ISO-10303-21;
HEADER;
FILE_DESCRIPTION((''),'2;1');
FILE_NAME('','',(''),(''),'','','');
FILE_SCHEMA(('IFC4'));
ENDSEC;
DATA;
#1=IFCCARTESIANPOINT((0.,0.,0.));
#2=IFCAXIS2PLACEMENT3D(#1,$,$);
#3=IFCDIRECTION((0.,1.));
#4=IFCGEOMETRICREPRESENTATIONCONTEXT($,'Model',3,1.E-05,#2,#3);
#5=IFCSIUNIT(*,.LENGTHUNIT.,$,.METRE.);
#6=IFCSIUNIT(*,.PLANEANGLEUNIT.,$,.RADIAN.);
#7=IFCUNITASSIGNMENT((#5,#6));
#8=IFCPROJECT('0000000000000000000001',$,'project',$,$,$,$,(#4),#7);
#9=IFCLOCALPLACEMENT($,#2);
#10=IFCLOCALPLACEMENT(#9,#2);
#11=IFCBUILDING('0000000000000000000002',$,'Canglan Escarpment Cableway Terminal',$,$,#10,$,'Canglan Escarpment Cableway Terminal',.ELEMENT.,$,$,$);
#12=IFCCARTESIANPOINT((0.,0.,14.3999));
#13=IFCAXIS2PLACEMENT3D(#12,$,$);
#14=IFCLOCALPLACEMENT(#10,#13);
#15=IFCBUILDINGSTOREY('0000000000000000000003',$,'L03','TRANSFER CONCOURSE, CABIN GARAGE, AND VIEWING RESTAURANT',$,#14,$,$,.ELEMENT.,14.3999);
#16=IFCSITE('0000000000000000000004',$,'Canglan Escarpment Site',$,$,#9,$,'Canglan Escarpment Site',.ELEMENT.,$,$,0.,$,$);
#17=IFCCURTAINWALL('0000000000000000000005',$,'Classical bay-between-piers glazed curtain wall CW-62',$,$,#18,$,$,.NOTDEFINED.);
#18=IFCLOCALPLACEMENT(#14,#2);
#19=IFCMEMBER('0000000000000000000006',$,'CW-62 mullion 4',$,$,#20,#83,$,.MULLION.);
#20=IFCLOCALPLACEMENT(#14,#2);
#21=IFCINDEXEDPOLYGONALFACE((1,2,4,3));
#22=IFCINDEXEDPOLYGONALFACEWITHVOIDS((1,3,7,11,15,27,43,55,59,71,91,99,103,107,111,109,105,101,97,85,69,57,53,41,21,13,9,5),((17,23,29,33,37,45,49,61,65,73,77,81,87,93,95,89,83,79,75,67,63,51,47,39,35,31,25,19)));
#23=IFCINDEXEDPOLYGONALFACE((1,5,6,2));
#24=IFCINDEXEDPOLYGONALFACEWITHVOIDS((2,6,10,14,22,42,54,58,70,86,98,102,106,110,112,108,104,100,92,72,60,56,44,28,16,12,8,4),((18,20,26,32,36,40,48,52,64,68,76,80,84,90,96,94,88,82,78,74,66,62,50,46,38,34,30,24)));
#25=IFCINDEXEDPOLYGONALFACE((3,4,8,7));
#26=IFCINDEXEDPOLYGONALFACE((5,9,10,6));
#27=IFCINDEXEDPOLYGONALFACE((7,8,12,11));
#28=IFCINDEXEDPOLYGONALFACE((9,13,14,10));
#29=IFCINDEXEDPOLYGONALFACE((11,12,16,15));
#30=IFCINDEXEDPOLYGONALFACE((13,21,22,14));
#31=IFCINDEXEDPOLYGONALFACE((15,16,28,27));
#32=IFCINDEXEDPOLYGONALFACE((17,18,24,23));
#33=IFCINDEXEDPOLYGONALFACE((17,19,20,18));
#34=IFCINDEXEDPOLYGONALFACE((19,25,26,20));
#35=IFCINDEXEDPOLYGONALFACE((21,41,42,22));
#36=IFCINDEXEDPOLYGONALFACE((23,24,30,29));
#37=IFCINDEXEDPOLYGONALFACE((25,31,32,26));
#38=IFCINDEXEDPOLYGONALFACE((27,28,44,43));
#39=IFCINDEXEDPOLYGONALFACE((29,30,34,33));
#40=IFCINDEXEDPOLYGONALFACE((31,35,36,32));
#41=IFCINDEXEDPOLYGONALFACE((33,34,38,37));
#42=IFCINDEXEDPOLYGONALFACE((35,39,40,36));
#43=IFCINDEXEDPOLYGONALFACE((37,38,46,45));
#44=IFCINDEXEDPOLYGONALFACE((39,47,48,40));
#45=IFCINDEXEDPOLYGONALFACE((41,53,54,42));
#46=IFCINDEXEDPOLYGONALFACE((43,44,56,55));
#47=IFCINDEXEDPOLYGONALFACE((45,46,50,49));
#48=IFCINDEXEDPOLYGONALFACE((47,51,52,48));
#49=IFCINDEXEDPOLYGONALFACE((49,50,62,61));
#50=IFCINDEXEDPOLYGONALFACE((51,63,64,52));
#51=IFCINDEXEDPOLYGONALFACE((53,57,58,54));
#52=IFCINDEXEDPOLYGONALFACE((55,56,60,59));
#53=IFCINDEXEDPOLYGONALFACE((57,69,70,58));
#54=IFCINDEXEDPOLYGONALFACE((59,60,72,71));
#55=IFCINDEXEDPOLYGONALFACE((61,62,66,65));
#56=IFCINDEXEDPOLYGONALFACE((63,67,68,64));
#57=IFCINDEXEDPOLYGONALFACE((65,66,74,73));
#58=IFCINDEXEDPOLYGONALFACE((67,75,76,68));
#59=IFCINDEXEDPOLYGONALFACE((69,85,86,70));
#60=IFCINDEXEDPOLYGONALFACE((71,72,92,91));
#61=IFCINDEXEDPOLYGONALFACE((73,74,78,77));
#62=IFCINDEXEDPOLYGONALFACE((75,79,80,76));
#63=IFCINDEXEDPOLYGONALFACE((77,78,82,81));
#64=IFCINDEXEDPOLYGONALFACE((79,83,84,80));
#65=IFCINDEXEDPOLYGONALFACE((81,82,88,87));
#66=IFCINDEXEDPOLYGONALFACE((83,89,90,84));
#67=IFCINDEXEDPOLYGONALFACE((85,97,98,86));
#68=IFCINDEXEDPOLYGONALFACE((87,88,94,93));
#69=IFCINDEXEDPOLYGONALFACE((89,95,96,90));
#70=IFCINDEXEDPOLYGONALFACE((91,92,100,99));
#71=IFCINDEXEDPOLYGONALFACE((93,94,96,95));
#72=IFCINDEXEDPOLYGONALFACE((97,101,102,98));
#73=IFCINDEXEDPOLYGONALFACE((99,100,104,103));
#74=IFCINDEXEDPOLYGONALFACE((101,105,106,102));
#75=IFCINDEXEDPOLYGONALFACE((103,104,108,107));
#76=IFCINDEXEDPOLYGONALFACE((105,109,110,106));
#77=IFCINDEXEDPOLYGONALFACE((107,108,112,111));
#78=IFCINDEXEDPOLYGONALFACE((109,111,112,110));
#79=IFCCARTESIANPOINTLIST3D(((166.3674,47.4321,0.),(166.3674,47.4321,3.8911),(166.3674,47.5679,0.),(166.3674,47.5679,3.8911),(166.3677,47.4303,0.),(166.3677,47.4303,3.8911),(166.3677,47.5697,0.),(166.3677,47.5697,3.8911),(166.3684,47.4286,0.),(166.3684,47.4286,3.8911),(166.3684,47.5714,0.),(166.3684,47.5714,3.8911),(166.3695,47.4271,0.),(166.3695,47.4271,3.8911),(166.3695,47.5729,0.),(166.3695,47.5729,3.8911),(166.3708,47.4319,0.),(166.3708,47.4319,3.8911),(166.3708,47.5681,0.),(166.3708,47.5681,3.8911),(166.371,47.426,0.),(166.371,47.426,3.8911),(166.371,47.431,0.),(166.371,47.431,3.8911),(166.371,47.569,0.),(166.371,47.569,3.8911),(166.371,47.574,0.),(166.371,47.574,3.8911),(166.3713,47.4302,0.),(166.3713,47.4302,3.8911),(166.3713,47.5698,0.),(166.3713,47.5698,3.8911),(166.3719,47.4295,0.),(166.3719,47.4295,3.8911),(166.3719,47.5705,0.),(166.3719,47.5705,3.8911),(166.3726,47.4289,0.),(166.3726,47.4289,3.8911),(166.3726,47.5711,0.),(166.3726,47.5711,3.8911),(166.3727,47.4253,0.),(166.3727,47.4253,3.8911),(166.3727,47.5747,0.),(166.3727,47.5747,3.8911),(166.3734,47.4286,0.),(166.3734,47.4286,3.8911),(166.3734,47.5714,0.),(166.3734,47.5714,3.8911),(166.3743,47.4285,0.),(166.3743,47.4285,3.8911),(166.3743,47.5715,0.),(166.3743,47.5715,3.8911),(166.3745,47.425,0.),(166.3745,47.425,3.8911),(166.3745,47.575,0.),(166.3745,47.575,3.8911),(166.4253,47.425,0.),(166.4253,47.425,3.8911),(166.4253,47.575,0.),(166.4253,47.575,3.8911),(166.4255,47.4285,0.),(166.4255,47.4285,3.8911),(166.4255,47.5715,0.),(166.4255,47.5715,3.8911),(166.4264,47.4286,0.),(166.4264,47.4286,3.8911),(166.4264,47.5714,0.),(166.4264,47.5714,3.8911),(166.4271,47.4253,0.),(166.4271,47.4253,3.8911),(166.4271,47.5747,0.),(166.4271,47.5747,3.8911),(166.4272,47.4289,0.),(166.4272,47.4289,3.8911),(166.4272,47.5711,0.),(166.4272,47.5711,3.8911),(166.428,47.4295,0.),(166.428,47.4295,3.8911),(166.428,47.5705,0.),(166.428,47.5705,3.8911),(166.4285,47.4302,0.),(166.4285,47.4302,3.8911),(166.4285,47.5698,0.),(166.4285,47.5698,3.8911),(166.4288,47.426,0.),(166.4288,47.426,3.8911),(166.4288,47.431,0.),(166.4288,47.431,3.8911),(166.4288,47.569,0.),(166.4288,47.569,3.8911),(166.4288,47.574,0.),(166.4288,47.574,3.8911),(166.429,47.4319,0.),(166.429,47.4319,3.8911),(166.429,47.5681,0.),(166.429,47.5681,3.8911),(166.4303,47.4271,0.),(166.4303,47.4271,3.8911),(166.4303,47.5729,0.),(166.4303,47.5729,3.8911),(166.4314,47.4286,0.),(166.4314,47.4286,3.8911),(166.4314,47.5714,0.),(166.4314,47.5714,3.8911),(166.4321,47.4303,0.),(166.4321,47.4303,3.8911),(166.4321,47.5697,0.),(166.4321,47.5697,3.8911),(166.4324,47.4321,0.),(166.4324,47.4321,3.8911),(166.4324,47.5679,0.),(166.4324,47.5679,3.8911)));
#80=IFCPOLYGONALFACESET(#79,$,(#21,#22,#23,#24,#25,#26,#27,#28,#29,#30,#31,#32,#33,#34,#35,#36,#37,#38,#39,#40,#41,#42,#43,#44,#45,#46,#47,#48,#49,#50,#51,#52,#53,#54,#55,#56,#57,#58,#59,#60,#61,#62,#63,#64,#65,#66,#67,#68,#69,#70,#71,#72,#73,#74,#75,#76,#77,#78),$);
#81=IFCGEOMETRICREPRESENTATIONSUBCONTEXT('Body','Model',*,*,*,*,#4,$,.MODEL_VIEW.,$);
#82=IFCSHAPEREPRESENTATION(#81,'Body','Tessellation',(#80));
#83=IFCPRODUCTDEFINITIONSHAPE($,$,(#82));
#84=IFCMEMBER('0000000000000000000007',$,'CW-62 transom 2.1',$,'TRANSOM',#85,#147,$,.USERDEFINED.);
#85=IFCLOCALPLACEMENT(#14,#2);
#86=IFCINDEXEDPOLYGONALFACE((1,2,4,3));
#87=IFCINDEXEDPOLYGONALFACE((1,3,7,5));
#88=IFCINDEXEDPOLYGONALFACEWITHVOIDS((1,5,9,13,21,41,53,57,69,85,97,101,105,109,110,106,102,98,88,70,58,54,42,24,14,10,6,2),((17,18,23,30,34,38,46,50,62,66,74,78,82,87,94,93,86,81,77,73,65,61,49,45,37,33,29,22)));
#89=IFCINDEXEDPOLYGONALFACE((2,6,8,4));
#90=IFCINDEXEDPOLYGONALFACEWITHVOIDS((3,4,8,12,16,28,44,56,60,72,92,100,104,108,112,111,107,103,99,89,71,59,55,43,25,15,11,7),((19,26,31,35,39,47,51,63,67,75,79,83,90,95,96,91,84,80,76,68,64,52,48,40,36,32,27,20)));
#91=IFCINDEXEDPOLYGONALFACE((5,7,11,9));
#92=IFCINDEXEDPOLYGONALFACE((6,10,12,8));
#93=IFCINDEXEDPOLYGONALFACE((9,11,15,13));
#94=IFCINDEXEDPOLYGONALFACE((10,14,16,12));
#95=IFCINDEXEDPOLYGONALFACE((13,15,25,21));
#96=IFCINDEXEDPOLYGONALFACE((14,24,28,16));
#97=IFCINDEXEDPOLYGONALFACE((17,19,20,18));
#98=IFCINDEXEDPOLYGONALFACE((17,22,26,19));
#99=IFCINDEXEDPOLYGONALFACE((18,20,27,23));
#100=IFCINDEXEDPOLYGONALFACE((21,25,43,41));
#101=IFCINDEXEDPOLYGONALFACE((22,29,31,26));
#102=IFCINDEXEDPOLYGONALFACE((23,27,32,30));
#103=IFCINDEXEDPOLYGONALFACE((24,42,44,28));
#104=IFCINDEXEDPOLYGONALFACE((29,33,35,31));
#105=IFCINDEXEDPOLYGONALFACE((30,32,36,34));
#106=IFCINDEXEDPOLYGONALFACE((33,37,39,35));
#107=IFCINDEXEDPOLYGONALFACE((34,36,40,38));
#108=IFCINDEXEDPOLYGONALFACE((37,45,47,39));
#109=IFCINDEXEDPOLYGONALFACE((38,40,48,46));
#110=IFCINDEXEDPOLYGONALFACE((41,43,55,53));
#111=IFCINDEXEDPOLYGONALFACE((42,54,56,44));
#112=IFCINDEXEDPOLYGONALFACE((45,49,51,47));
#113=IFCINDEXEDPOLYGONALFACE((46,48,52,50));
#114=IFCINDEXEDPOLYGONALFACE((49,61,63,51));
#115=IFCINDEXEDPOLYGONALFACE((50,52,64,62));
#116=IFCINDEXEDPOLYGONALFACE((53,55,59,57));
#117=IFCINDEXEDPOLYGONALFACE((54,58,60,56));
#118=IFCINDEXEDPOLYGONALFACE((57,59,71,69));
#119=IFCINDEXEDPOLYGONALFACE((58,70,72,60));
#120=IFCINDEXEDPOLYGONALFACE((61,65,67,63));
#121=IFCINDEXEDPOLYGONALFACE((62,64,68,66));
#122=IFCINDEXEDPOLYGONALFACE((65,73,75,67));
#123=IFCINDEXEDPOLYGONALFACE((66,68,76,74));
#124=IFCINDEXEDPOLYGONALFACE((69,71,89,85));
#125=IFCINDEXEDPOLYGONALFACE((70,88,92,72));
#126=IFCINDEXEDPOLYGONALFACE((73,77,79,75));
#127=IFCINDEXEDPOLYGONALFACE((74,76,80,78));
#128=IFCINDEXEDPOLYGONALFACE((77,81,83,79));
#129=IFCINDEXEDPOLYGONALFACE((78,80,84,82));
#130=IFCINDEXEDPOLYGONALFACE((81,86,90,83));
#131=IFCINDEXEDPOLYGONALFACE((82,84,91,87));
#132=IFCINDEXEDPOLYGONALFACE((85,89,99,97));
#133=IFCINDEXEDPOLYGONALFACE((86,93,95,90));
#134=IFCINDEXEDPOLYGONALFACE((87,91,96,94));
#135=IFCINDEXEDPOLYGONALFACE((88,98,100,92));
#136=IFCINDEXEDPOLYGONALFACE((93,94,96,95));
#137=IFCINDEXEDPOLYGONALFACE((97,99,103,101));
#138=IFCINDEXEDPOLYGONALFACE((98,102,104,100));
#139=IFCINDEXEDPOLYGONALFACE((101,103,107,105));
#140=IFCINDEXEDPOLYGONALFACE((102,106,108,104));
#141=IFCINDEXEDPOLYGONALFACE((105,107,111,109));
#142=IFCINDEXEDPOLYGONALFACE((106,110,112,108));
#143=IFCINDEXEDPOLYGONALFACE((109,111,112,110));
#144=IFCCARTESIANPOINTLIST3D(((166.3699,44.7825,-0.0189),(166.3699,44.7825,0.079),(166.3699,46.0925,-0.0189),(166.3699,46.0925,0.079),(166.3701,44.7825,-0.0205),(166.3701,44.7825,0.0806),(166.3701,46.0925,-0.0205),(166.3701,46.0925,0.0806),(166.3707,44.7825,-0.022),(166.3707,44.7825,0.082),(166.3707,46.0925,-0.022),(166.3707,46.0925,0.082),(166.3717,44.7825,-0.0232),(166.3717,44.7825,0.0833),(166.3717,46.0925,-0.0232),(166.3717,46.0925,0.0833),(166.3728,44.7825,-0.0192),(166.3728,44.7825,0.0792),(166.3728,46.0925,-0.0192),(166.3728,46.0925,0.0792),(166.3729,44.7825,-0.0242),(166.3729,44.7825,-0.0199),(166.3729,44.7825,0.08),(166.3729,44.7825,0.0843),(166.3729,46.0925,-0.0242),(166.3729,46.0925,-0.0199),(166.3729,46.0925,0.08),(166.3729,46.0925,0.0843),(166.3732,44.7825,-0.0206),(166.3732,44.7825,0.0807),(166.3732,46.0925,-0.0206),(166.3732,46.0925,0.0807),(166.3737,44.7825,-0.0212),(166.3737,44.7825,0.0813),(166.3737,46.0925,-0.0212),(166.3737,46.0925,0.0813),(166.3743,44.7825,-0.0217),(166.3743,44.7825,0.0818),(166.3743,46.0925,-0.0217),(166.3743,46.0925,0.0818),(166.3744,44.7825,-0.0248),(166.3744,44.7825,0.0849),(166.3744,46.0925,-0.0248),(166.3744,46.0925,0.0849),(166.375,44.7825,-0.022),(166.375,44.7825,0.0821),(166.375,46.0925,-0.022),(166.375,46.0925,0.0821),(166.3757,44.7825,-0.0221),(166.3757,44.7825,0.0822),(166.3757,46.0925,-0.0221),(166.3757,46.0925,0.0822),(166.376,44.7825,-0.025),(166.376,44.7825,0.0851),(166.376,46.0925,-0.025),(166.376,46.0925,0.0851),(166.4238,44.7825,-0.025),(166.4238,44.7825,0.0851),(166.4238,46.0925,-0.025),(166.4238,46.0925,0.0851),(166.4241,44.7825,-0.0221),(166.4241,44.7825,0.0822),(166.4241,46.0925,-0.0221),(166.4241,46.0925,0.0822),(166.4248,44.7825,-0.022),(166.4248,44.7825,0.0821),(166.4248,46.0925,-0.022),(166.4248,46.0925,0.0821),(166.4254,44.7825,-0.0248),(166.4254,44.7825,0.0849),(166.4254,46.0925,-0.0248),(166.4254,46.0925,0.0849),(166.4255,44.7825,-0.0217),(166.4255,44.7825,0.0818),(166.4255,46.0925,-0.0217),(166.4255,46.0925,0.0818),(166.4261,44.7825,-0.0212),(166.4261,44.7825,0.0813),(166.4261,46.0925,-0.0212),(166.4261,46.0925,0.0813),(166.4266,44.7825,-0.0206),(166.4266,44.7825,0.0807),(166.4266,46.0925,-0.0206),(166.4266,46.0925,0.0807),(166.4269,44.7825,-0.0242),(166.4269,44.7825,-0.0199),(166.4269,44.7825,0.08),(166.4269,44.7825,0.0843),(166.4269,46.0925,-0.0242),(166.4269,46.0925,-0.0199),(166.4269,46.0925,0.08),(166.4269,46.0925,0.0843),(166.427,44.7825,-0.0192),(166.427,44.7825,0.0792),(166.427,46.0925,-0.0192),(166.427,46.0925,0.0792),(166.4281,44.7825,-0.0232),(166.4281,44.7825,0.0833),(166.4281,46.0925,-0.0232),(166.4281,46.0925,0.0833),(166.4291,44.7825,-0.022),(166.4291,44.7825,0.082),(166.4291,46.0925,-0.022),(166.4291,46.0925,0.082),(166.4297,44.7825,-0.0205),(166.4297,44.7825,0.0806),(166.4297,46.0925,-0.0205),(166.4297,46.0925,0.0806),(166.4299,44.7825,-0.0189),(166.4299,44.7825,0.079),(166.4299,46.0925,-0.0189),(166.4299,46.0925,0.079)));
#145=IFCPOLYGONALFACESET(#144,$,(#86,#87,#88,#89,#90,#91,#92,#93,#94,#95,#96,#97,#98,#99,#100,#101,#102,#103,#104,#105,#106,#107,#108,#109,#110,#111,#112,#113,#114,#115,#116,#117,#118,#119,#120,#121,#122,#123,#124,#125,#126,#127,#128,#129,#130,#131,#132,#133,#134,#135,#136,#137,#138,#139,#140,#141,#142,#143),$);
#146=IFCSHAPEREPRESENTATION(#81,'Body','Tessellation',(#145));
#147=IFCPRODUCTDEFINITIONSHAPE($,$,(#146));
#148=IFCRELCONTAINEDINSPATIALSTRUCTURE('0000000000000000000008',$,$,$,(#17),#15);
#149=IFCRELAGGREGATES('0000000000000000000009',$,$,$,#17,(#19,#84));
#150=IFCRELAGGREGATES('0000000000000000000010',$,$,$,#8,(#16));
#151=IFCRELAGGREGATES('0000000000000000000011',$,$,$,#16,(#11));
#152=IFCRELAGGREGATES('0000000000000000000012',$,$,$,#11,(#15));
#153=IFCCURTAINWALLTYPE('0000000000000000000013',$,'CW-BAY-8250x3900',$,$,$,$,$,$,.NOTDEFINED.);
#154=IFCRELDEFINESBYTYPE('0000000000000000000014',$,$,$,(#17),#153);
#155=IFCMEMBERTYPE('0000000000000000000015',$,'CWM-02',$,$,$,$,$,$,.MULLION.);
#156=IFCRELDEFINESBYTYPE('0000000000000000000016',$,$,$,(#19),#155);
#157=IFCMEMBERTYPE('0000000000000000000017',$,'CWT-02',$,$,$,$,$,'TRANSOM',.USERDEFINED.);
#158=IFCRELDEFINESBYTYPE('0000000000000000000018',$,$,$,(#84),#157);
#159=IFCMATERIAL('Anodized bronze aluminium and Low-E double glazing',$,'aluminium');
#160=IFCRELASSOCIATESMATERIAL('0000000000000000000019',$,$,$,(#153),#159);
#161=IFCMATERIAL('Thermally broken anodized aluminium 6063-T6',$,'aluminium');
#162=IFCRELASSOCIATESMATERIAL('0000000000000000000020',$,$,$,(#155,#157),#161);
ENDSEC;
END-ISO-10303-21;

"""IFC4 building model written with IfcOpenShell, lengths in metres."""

from ifc_helpers import new_model, si_unit, direction, frame, origin, origin_2d, place, context, subcontext, project, spatial, hollow_rectangle, extrude, material, material_profile, profile_set, type_object, element, aggregate, save


model = new_model("IFC4")

# Units and contexts
model_context = context("Model", 3, precision=1e-05, world=origin(), true_north=direction((0.0, 1.0)))
body_context = subcontext(model_context, "Body", "Model", "MODEL_VIEW")
ifc_project = project(units=[si_unit("LENGTHUNIT", "METRE"), si_unit("PLANEANGLEUNIT", "RADIAN")], contexts=[model_context])

# Site, building, storey
site_placement = place(None, origin())
site = spatial("IfcSite", under=ifc_project, at=site_placement, Name="Canglan Escarpment Site", LongName="Canglan Escarpment Site", CompositionType="ELEMENT", RefElevation=0.0)
building_placement = place(site_placement, origin())
building = spatial("IfcBuilding", under=site, at=building_placement, Name="Canglan Escarpment Cableway Terminal", LongName="Canglan Escarpment Cableway Terminal", CompositionType="ELEMENT")
storey_placement = place(building_placement, frame((0.0, 0.0, 14.3999)))
storey = spatial("IfcBuildingStorey", under=building, at=storey_placement, Name="L03", Description="TRANSFER CONCOURSE, CABIN GARAGE, AND VIEWING RESTAURANT", CompositionType="ELEMENT", Elevation=14.3999)

# Curtain wall, members
ifc_material_1 = material(Name="Anodized bronze aluminium and Low-E double glazing", Category="aluminium")
curtain_wall_type = type_object("IfcCurtainWallType", Name="CW-BAY-8250x3900", PredefinedType="NOTDEFINED", material=ifc_material_1)
curtain_wall_placement = place(storey_placement, origin())
curtain_wall = element("IfcCurtainWall", 1, at=curtain_wall_placement, inside=storey, type_object=curtain_wall_type, Name="Classical bay-between-piers glazed curtain wall CW-62", PredefinedType="NOTDEFINED")
ifc_material_2 = material(Name="Thermally broken anodized aluminium 6063-T6", Category="aluminium")
ifc_material_profile_1 = material_profile(ifc_material_2, hollow_rectangle(XDim=0.0649, YDim=0.1499, WallThickness=0.0034, InnerFilletRadius=0.0034, OuterFilletRadius=0.0071, at=origin_2d()), Name="ALU-MULL 65x150x3.5")
ifc_profile_set_1 = profile_set([ifc_material_profile_1], Name="Thermally broken anodized aluminium 6063-T6")
member_type_1 = type_object("IfcMemberType", Name="CWM-02", PredefinedType="MULLION", material=ifc_profile_set_1)
member_1_placement = place(storey_placement, frame((166.3999, 47.5, 0.0), z_axis=(0.0, 0.0, 1.0), x_axis=(-1.0, 0.0, 0.0)))
member_1 = element("IfcMember", 2, at=member_1_placement, type_object=member_type_1, Name="CW-62 mullion 4", PredefinedType="MULLION", context=body_context, shape_type="SweptSolid", body=[
    extrude(hollow_rectangle(XDim=0.0649, YDim=0.1499, WallThickness=0.0034, InnerFilletRadius=0.0034, OuterFilletRadius=0.0071, at=origin_2d()), origin(), (0.0, 0.0, 1.0), 3.8911),
])
ifc_material_profile_2 = material_profile(ifc_material_2, hollow_rectangle(XDim=0.0601, YDim=0.1101, WallThickness=0.0029, InnerFilletRadius=0.0029, OuterFilletRadius=0.0061, at=origin_2d()), Name="ALU-TRAN 60x110x3")
ifc_profile_set_2 = profile_set([ifc_material_profile_2], Name="Thermally broken anodized aluminium 6063-T6")
member_type_2 = type_object("IfcMemberType", Name="CWT-02", ElementType="TRANSOM", PredefinedType="USERDEFINED", material=ifc_profile_set_2)
member_2_placement = place(storey_placement, frame((166.3999, 44.7825, 0.03), z_axis=(0.0, 1.0, 0.0), x_axis=(-1.0, 0.0, 0.0)))
member_2 = element("IfcMember", 3, at=member_2_placement, type_object=member_type_2, Name="CW-62 transom 2.1", ObjectType="TRANSOM", PredefinedType="USERDEFINED", context=body_context, shape_type="SweptSolid", body=[
    extrude(hollow_rectangle(XDim=0.0601, YDim=0.1101, WallThickness=0.0029, InnerFilletRadius=0.0029, OuterFilletRadius=0.0061, at=origin_2d()), origin(), (0.0, 0.0, 1.0), 1.3101),
])
aggregate(curtain_wall, [member_1, member_2])

save(model, "model.ifc")
